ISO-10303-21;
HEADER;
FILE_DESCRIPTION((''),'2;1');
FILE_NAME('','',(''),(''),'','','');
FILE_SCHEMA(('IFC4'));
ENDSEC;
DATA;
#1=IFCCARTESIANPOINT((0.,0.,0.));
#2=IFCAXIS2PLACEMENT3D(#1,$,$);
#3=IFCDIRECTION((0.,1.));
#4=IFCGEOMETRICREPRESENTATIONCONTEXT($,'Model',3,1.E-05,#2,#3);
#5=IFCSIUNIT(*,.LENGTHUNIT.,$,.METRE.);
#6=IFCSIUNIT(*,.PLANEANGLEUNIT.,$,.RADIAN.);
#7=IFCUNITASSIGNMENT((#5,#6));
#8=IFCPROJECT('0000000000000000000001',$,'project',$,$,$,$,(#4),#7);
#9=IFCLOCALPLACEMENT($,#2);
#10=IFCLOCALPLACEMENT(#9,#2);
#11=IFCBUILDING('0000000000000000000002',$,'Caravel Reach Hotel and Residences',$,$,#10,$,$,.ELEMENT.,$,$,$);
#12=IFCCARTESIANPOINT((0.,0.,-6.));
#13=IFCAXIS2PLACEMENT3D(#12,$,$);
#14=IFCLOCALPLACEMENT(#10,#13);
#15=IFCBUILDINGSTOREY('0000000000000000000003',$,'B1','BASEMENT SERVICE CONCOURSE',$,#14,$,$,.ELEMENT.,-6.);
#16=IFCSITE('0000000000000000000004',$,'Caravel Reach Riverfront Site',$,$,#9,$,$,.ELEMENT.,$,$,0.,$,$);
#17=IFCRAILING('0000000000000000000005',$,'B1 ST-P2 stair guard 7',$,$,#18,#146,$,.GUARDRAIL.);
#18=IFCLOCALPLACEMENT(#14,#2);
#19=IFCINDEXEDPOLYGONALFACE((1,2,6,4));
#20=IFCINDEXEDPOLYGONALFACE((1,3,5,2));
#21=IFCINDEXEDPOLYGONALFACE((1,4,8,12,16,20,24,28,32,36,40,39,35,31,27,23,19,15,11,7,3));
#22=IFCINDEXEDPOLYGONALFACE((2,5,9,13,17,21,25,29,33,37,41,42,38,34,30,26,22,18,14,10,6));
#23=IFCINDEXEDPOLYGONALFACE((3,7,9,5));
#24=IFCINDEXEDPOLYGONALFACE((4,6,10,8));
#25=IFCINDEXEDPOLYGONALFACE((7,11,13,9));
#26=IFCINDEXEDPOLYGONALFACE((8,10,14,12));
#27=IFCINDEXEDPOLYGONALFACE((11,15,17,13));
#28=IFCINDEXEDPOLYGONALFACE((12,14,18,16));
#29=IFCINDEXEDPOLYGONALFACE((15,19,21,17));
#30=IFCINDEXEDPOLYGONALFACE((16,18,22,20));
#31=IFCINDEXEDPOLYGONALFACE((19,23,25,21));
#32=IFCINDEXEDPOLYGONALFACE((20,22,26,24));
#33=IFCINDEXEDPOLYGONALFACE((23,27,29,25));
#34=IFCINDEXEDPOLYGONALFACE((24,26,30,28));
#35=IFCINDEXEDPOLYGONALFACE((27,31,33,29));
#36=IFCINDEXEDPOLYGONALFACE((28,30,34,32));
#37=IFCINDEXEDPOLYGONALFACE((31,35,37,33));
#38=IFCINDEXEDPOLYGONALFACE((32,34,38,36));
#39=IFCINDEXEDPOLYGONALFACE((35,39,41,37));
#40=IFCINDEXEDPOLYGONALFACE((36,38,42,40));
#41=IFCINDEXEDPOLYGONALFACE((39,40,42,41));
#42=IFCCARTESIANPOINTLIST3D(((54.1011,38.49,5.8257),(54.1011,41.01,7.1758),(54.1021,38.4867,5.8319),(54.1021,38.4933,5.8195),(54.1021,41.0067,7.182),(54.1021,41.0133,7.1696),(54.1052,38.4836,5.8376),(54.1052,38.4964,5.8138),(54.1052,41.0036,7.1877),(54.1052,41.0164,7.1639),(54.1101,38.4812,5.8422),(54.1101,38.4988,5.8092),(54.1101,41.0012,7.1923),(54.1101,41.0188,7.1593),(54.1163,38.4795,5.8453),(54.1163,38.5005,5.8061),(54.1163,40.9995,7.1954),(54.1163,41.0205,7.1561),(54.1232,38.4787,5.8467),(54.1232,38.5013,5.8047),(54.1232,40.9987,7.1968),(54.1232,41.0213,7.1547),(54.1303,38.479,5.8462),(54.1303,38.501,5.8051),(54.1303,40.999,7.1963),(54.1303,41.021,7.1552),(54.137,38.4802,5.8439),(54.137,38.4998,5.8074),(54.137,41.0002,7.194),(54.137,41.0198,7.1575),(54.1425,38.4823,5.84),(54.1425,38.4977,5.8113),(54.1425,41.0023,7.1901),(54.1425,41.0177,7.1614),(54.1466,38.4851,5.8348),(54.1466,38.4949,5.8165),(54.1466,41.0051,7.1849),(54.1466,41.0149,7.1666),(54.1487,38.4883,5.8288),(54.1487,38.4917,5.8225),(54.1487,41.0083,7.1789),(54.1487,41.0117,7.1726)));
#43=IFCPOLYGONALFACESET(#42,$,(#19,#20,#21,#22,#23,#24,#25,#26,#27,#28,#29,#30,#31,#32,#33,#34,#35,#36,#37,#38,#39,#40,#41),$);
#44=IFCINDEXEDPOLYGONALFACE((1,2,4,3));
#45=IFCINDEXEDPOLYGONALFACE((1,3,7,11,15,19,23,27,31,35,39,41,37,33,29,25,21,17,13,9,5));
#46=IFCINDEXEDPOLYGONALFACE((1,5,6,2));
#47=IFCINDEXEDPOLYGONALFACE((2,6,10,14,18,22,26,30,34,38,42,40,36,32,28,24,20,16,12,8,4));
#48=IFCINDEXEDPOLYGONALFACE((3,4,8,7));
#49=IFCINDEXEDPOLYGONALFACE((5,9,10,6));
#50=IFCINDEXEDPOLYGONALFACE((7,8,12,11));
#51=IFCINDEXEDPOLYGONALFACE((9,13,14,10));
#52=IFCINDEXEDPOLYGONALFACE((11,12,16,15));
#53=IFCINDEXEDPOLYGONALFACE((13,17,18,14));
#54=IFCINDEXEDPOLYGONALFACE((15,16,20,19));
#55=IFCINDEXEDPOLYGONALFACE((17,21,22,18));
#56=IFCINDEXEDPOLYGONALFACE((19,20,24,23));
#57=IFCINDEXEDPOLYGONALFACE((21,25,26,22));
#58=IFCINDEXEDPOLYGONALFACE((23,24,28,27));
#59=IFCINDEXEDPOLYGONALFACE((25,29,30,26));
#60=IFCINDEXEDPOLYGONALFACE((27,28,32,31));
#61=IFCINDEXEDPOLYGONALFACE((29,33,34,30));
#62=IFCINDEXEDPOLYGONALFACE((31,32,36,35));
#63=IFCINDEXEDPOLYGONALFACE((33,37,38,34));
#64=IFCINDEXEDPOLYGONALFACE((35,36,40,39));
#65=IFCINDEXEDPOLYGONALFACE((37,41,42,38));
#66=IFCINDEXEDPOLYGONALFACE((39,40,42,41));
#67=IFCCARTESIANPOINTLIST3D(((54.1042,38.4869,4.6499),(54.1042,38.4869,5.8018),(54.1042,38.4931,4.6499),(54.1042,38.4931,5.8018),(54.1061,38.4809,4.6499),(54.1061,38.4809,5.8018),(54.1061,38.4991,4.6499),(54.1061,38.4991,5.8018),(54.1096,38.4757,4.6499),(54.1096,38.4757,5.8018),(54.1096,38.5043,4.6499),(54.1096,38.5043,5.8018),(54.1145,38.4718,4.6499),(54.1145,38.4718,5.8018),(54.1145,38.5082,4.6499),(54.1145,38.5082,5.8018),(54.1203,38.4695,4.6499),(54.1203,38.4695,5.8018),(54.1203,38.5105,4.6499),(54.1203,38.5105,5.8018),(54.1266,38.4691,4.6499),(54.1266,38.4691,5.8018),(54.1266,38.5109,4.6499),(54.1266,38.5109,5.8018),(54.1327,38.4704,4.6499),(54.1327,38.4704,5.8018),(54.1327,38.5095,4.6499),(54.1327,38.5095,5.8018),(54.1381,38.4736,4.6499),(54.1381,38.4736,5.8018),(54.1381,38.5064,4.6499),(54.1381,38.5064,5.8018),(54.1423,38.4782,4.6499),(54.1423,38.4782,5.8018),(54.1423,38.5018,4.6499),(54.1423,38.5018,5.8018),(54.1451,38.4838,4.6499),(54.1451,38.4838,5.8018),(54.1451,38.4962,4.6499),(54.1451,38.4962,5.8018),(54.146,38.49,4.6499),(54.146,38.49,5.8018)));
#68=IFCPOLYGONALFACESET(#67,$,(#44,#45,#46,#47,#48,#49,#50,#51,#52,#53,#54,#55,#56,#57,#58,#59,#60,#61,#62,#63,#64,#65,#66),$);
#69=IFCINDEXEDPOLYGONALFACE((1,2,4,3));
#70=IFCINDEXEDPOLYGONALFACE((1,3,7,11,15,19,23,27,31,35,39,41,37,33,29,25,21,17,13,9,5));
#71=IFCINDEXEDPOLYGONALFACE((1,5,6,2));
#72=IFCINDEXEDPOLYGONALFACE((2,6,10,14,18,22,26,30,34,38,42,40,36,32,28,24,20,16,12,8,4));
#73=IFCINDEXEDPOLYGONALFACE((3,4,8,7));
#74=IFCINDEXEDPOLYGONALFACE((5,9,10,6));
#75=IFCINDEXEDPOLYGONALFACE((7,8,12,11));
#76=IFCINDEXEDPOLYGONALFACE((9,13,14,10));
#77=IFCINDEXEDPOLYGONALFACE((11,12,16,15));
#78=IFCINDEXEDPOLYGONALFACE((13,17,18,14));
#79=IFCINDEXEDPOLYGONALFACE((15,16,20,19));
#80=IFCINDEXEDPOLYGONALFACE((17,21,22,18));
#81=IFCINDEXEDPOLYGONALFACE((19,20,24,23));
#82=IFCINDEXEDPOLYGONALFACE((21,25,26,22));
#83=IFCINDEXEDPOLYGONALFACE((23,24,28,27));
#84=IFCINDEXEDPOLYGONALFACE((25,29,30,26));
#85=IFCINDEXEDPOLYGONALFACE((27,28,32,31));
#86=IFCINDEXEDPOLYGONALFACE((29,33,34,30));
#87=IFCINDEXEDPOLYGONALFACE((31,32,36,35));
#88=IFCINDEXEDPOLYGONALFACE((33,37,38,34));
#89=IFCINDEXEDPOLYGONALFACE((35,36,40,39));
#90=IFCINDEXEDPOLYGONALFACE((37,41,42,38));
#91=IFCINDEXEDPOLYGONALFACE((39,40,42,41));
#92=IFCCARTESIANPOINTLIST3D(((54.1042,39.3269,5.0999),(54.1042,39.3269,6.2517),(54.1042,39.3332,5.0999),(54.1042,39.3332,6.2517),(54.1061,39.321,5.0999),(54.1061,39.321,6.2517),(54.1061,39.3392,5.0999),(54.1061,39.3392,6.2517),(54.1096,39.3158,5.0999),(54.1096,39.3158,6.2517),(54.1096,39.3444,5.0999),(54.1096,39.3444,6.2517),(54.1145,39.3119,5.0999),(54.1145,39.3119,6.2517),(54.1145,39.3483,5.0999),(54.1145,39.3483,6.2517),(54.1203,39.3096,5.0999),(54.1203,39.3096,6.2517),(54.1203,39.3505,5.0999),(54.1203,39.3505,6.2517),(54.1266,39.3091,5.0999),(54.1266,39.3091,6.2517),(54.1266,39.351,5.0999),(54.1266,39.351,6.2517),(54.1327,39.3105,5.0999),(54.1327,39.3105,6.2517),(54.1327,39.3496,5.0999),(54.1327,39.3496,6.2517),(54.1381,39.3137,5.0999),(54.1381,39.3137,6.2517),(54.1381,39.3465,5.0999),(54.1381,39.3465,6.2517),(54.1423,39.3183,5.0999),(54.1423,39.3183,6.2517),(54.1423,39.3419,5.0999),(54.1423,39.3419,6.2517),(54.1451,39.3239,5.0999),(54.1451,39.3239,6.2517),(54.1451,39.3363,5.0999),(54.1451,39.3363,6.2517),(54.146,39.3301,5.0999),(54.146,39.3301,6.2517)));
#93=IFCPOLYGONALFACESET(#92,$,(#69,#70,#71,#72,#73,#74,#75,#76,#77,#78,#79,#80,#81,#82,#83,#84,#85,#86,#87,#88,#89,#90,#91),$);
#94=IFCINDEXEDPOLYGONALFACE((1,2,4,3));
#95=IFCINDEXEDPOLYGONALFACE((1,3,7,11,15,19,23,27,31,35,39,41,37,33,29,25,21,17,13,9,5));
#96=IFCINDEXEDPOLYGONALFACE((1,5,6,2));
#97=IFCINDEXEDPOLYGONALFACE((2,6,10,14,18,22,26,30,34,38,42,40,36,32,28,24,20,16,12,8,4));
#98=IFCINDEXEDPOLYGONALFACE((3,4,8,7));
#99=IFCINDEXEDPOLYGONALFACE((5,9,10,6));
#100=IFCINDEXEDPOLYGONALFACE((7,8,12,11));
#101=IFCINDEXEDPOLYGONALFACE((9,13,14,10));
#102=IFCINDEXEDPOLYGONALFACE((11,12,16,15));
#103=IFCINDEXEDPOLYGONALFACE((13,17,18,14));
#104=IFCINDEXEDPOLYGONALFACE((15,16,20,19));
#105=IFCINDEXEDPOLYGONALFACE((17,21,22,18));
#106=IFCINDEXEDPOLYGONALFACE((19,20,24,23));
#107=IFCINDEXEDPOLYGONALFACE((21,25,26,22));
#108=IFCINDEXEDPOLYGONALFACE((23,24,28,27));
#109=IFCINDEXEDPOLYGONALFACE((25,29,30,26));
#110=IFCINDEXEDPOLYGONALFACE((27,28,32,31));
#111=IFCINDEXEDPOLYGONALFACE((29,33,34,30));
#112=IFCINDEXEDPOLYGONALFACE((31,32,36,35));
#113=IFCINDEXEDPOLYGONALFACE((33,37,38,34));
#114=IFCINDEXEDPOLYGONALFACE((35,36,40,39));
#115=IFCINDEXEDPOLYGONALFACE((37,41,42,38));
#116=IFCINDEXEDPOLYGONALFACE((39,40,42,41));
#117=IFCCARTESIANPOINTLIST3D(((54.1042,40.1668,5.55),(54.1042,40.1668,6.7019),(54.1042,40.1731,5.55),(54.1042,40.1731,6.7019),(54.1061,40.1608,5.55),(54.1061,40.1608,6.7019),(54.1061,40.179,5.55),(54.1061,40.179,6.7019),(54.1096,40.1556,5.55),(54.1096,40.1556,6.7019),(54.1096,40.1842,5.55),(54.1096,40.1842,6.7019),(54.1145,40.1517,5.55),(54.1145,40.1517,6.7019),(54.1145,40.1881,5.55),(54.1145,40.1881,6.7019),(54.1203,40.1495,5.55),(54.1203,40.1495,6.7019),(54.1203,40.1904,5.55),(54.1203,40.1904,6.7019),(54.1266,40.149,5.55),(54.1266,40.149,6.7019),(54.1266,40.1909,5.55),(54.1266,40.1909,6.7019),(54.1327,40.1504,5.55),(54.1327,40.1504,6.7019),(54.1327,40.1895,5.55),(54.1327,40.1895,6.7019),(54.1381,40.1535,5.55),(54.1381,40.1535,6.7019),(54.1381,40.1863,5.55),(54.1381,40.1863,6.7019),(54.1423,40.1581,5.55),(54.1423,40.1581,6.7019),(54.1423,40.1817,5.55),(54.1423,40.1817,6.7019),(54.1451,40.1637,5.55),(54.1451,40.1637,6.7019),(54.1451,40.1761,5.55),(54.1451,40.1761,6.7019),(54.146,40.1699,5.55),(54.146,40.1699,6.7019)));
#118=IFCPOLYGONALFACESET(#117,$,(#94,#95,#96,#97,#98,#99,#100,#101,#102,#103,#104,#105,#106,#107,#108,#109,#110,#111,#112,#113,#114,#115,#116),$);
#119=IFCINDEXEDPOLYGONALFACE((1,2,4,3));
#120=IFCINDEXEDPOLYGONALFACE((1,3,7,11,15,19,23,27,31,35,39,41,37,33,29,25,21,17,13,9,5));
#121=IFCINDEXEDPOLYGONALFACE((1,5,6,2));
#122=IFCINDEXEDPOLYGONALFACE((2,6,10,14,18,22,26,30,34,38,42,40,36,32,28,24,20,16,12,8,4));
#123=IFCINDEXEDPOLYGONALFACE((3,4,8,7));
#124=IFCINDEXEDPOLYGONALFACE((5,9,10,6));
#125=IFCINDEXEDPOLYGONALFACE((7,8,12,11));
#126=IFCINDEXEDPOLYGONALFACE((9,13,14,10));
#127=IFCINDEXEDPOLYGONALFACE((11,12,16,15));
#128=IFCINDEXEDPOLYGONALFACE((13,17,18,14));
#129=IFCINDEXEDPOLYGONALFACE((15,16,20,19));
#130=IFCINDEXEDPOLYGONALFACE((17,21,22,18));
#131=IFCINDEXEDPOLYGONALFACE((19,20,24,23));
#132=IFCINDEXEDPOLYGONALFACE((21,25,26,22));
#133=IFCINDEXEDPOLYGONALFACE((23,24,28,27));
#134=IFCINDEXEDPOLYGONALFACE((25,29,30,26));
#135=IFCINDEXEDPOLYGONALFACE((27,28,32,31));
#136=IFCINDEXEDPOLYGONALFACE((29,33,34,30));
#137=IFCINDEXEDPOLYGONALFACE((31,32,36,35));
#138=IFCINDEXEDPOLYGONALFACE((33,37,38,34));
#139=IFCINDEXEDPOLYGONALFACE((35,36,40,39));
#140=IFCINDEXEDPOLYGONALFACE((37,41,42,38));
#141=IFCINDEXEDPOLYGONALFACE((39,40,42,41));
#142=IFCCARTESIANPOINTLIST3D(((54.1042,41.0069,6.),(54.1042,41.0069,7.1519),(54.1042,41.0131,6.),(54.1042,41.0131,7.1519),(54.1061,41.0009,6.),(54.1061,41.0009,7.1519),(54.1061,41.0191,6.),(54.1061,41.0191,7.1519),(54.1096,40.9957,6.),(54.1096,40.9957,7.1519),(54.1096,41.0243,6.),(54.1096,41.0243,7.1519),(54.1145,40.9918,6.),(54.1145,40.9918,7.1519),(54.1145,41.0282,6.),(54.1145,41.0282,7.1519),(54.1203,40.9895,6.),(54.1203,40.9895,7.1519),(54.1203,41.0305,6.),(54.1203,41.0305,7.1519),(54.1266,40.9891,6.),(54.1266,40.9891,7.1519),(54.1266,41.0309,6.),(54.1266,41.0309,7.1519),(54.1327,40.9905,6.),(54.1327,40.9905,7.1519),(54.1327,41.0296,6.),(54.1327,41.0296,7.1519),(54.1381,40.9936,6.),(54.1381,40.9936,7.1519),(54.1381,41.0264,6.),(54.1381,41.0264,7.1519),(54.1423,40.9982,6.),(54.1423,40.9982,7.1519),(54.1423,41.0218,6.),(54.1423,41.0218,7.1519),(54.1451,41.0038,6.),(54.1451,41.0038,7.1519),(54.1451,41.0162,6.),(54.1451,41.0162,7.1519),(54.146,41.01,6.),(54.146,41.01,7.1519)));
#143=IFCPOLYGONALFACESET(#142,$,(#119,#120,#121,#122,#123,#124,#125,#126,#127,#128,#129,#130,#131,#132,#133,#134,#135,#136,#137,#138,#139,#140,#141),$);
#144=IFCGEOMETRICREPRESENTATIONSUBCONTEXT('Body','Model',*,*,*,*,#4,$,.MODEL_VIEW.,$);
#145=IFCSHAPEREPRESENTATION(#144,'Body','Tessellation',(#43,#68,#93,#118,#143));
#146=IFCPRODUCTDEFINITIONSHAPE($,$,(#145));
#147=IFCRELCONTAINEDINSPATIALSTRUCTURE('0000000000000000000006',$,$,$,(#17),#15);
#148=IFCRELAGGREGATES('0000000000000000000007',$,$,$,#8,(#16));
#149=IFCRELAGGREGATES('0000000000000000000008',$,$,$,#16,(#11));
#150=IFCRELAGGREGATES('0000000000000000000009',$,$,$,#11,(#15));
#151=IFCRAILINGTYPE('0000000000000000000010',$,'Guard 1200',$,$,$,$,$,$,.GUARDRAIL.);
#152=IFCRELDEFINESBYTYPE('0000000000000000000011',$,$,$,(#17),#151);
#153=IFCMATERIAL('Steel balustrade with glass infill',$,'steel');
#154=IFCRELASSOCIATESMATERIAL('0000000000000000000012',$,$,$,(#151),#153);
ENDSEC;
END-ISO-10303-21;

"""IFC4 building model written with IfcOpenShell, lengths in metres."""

from ifc_helpers import new_model, si_unit, direction, frame, origin, origin_2d, place, context, subcontext, project, spatial, circle, extrude, material, type_object, element, save


model = new_model("IFC4")

# Units and contexts
model_context = context("Model", 3, precision=1e-05, world=origin(), true_north=direction((0.0, 1.0)))
body_context = subcontext(model_context, "Body", "Model", "MODEL_VIEW")
ifc_project = project(units=[si_unit("LENGTHUNIT", "METRE"), si_unit("PLANEANGLEUNIT", "RADIAN")], contexts=[model_context])

# Site, building, storey
site_placement = place(None, origin())
site = spatial("IfcSite", under=ifc_project, at=site_placement, Name="Caravel Reach Riverfront Site", CompositionType="ELEMENT", RefElevation=0.0)
building_placement = place(site_placement, origin())
building = spatial("IfcBuilding", under=site, at=building_placement, Name="Caravel Reach Hotel and Residences", CompositionType="ELEMENT")
storey_placement = place(building_placement, frame((0.0, 0.0, -6.0)))
storey = spatial("IfcBuildingStorey", under=building, at=storey_placement, Name="B1", Description="BASEMENT SERVICE CONCOURSE", CompositionType="ELEMENT", Elevation=-6.0)

# Railing
ifc_material_1 = material(Name="Steel balustrade with glass infill", Category="steel")
railing_type_1 = type_object("IfcRailingType", Name="Guard 1200", PredefinedType="GUARDRAIL", material=ifc_material_1)
railing_1_placement = place(storey_placement, frame((54.125, 38.49, 4.6499)))
element("IfcRailing", 1, at=railing_1_placement, inside=storey, type_object=railing_type_1, Name="B1 ST-P2 stair guard 7", PredefinedType="GUARDRAIL", context=body_context, shape_type="SweptSolid", body=[
    extrude(circle(Radius=0.0239, at=origin_2d()), frame((0.0, 0.0, 1.1758), z_axis=(0.0, 0.881467, 0.472245), x_axis=(-1.0, 0.0, 0.0)), (0.0, 0.0, 1.0), 2.8589),
    extrude(circle(Radius=0.021, at=origin_2d()), origin(), (0.0, 0.0, 1.0), 1.1519),
    extrude(circle(Radius=0.021, at=origin_2d()), frame((0.0, 0.8401, 0.45)), (0.0, 0.0, 1.0), 1.1519),
    extrude(circle(Radius=0.021, at=origin_2d()), frame((0.0, 1.6799, 0.9001)), (0.0, 0.0, 1.0), 1.1519),
    extrude(circle(Radius=0.021, at=origin_2d()), frame((0.0, 2.52, 1.3501)), (0.0, 0.0, 1.0), 1.1519),
])

save(model, "model.ifc")
